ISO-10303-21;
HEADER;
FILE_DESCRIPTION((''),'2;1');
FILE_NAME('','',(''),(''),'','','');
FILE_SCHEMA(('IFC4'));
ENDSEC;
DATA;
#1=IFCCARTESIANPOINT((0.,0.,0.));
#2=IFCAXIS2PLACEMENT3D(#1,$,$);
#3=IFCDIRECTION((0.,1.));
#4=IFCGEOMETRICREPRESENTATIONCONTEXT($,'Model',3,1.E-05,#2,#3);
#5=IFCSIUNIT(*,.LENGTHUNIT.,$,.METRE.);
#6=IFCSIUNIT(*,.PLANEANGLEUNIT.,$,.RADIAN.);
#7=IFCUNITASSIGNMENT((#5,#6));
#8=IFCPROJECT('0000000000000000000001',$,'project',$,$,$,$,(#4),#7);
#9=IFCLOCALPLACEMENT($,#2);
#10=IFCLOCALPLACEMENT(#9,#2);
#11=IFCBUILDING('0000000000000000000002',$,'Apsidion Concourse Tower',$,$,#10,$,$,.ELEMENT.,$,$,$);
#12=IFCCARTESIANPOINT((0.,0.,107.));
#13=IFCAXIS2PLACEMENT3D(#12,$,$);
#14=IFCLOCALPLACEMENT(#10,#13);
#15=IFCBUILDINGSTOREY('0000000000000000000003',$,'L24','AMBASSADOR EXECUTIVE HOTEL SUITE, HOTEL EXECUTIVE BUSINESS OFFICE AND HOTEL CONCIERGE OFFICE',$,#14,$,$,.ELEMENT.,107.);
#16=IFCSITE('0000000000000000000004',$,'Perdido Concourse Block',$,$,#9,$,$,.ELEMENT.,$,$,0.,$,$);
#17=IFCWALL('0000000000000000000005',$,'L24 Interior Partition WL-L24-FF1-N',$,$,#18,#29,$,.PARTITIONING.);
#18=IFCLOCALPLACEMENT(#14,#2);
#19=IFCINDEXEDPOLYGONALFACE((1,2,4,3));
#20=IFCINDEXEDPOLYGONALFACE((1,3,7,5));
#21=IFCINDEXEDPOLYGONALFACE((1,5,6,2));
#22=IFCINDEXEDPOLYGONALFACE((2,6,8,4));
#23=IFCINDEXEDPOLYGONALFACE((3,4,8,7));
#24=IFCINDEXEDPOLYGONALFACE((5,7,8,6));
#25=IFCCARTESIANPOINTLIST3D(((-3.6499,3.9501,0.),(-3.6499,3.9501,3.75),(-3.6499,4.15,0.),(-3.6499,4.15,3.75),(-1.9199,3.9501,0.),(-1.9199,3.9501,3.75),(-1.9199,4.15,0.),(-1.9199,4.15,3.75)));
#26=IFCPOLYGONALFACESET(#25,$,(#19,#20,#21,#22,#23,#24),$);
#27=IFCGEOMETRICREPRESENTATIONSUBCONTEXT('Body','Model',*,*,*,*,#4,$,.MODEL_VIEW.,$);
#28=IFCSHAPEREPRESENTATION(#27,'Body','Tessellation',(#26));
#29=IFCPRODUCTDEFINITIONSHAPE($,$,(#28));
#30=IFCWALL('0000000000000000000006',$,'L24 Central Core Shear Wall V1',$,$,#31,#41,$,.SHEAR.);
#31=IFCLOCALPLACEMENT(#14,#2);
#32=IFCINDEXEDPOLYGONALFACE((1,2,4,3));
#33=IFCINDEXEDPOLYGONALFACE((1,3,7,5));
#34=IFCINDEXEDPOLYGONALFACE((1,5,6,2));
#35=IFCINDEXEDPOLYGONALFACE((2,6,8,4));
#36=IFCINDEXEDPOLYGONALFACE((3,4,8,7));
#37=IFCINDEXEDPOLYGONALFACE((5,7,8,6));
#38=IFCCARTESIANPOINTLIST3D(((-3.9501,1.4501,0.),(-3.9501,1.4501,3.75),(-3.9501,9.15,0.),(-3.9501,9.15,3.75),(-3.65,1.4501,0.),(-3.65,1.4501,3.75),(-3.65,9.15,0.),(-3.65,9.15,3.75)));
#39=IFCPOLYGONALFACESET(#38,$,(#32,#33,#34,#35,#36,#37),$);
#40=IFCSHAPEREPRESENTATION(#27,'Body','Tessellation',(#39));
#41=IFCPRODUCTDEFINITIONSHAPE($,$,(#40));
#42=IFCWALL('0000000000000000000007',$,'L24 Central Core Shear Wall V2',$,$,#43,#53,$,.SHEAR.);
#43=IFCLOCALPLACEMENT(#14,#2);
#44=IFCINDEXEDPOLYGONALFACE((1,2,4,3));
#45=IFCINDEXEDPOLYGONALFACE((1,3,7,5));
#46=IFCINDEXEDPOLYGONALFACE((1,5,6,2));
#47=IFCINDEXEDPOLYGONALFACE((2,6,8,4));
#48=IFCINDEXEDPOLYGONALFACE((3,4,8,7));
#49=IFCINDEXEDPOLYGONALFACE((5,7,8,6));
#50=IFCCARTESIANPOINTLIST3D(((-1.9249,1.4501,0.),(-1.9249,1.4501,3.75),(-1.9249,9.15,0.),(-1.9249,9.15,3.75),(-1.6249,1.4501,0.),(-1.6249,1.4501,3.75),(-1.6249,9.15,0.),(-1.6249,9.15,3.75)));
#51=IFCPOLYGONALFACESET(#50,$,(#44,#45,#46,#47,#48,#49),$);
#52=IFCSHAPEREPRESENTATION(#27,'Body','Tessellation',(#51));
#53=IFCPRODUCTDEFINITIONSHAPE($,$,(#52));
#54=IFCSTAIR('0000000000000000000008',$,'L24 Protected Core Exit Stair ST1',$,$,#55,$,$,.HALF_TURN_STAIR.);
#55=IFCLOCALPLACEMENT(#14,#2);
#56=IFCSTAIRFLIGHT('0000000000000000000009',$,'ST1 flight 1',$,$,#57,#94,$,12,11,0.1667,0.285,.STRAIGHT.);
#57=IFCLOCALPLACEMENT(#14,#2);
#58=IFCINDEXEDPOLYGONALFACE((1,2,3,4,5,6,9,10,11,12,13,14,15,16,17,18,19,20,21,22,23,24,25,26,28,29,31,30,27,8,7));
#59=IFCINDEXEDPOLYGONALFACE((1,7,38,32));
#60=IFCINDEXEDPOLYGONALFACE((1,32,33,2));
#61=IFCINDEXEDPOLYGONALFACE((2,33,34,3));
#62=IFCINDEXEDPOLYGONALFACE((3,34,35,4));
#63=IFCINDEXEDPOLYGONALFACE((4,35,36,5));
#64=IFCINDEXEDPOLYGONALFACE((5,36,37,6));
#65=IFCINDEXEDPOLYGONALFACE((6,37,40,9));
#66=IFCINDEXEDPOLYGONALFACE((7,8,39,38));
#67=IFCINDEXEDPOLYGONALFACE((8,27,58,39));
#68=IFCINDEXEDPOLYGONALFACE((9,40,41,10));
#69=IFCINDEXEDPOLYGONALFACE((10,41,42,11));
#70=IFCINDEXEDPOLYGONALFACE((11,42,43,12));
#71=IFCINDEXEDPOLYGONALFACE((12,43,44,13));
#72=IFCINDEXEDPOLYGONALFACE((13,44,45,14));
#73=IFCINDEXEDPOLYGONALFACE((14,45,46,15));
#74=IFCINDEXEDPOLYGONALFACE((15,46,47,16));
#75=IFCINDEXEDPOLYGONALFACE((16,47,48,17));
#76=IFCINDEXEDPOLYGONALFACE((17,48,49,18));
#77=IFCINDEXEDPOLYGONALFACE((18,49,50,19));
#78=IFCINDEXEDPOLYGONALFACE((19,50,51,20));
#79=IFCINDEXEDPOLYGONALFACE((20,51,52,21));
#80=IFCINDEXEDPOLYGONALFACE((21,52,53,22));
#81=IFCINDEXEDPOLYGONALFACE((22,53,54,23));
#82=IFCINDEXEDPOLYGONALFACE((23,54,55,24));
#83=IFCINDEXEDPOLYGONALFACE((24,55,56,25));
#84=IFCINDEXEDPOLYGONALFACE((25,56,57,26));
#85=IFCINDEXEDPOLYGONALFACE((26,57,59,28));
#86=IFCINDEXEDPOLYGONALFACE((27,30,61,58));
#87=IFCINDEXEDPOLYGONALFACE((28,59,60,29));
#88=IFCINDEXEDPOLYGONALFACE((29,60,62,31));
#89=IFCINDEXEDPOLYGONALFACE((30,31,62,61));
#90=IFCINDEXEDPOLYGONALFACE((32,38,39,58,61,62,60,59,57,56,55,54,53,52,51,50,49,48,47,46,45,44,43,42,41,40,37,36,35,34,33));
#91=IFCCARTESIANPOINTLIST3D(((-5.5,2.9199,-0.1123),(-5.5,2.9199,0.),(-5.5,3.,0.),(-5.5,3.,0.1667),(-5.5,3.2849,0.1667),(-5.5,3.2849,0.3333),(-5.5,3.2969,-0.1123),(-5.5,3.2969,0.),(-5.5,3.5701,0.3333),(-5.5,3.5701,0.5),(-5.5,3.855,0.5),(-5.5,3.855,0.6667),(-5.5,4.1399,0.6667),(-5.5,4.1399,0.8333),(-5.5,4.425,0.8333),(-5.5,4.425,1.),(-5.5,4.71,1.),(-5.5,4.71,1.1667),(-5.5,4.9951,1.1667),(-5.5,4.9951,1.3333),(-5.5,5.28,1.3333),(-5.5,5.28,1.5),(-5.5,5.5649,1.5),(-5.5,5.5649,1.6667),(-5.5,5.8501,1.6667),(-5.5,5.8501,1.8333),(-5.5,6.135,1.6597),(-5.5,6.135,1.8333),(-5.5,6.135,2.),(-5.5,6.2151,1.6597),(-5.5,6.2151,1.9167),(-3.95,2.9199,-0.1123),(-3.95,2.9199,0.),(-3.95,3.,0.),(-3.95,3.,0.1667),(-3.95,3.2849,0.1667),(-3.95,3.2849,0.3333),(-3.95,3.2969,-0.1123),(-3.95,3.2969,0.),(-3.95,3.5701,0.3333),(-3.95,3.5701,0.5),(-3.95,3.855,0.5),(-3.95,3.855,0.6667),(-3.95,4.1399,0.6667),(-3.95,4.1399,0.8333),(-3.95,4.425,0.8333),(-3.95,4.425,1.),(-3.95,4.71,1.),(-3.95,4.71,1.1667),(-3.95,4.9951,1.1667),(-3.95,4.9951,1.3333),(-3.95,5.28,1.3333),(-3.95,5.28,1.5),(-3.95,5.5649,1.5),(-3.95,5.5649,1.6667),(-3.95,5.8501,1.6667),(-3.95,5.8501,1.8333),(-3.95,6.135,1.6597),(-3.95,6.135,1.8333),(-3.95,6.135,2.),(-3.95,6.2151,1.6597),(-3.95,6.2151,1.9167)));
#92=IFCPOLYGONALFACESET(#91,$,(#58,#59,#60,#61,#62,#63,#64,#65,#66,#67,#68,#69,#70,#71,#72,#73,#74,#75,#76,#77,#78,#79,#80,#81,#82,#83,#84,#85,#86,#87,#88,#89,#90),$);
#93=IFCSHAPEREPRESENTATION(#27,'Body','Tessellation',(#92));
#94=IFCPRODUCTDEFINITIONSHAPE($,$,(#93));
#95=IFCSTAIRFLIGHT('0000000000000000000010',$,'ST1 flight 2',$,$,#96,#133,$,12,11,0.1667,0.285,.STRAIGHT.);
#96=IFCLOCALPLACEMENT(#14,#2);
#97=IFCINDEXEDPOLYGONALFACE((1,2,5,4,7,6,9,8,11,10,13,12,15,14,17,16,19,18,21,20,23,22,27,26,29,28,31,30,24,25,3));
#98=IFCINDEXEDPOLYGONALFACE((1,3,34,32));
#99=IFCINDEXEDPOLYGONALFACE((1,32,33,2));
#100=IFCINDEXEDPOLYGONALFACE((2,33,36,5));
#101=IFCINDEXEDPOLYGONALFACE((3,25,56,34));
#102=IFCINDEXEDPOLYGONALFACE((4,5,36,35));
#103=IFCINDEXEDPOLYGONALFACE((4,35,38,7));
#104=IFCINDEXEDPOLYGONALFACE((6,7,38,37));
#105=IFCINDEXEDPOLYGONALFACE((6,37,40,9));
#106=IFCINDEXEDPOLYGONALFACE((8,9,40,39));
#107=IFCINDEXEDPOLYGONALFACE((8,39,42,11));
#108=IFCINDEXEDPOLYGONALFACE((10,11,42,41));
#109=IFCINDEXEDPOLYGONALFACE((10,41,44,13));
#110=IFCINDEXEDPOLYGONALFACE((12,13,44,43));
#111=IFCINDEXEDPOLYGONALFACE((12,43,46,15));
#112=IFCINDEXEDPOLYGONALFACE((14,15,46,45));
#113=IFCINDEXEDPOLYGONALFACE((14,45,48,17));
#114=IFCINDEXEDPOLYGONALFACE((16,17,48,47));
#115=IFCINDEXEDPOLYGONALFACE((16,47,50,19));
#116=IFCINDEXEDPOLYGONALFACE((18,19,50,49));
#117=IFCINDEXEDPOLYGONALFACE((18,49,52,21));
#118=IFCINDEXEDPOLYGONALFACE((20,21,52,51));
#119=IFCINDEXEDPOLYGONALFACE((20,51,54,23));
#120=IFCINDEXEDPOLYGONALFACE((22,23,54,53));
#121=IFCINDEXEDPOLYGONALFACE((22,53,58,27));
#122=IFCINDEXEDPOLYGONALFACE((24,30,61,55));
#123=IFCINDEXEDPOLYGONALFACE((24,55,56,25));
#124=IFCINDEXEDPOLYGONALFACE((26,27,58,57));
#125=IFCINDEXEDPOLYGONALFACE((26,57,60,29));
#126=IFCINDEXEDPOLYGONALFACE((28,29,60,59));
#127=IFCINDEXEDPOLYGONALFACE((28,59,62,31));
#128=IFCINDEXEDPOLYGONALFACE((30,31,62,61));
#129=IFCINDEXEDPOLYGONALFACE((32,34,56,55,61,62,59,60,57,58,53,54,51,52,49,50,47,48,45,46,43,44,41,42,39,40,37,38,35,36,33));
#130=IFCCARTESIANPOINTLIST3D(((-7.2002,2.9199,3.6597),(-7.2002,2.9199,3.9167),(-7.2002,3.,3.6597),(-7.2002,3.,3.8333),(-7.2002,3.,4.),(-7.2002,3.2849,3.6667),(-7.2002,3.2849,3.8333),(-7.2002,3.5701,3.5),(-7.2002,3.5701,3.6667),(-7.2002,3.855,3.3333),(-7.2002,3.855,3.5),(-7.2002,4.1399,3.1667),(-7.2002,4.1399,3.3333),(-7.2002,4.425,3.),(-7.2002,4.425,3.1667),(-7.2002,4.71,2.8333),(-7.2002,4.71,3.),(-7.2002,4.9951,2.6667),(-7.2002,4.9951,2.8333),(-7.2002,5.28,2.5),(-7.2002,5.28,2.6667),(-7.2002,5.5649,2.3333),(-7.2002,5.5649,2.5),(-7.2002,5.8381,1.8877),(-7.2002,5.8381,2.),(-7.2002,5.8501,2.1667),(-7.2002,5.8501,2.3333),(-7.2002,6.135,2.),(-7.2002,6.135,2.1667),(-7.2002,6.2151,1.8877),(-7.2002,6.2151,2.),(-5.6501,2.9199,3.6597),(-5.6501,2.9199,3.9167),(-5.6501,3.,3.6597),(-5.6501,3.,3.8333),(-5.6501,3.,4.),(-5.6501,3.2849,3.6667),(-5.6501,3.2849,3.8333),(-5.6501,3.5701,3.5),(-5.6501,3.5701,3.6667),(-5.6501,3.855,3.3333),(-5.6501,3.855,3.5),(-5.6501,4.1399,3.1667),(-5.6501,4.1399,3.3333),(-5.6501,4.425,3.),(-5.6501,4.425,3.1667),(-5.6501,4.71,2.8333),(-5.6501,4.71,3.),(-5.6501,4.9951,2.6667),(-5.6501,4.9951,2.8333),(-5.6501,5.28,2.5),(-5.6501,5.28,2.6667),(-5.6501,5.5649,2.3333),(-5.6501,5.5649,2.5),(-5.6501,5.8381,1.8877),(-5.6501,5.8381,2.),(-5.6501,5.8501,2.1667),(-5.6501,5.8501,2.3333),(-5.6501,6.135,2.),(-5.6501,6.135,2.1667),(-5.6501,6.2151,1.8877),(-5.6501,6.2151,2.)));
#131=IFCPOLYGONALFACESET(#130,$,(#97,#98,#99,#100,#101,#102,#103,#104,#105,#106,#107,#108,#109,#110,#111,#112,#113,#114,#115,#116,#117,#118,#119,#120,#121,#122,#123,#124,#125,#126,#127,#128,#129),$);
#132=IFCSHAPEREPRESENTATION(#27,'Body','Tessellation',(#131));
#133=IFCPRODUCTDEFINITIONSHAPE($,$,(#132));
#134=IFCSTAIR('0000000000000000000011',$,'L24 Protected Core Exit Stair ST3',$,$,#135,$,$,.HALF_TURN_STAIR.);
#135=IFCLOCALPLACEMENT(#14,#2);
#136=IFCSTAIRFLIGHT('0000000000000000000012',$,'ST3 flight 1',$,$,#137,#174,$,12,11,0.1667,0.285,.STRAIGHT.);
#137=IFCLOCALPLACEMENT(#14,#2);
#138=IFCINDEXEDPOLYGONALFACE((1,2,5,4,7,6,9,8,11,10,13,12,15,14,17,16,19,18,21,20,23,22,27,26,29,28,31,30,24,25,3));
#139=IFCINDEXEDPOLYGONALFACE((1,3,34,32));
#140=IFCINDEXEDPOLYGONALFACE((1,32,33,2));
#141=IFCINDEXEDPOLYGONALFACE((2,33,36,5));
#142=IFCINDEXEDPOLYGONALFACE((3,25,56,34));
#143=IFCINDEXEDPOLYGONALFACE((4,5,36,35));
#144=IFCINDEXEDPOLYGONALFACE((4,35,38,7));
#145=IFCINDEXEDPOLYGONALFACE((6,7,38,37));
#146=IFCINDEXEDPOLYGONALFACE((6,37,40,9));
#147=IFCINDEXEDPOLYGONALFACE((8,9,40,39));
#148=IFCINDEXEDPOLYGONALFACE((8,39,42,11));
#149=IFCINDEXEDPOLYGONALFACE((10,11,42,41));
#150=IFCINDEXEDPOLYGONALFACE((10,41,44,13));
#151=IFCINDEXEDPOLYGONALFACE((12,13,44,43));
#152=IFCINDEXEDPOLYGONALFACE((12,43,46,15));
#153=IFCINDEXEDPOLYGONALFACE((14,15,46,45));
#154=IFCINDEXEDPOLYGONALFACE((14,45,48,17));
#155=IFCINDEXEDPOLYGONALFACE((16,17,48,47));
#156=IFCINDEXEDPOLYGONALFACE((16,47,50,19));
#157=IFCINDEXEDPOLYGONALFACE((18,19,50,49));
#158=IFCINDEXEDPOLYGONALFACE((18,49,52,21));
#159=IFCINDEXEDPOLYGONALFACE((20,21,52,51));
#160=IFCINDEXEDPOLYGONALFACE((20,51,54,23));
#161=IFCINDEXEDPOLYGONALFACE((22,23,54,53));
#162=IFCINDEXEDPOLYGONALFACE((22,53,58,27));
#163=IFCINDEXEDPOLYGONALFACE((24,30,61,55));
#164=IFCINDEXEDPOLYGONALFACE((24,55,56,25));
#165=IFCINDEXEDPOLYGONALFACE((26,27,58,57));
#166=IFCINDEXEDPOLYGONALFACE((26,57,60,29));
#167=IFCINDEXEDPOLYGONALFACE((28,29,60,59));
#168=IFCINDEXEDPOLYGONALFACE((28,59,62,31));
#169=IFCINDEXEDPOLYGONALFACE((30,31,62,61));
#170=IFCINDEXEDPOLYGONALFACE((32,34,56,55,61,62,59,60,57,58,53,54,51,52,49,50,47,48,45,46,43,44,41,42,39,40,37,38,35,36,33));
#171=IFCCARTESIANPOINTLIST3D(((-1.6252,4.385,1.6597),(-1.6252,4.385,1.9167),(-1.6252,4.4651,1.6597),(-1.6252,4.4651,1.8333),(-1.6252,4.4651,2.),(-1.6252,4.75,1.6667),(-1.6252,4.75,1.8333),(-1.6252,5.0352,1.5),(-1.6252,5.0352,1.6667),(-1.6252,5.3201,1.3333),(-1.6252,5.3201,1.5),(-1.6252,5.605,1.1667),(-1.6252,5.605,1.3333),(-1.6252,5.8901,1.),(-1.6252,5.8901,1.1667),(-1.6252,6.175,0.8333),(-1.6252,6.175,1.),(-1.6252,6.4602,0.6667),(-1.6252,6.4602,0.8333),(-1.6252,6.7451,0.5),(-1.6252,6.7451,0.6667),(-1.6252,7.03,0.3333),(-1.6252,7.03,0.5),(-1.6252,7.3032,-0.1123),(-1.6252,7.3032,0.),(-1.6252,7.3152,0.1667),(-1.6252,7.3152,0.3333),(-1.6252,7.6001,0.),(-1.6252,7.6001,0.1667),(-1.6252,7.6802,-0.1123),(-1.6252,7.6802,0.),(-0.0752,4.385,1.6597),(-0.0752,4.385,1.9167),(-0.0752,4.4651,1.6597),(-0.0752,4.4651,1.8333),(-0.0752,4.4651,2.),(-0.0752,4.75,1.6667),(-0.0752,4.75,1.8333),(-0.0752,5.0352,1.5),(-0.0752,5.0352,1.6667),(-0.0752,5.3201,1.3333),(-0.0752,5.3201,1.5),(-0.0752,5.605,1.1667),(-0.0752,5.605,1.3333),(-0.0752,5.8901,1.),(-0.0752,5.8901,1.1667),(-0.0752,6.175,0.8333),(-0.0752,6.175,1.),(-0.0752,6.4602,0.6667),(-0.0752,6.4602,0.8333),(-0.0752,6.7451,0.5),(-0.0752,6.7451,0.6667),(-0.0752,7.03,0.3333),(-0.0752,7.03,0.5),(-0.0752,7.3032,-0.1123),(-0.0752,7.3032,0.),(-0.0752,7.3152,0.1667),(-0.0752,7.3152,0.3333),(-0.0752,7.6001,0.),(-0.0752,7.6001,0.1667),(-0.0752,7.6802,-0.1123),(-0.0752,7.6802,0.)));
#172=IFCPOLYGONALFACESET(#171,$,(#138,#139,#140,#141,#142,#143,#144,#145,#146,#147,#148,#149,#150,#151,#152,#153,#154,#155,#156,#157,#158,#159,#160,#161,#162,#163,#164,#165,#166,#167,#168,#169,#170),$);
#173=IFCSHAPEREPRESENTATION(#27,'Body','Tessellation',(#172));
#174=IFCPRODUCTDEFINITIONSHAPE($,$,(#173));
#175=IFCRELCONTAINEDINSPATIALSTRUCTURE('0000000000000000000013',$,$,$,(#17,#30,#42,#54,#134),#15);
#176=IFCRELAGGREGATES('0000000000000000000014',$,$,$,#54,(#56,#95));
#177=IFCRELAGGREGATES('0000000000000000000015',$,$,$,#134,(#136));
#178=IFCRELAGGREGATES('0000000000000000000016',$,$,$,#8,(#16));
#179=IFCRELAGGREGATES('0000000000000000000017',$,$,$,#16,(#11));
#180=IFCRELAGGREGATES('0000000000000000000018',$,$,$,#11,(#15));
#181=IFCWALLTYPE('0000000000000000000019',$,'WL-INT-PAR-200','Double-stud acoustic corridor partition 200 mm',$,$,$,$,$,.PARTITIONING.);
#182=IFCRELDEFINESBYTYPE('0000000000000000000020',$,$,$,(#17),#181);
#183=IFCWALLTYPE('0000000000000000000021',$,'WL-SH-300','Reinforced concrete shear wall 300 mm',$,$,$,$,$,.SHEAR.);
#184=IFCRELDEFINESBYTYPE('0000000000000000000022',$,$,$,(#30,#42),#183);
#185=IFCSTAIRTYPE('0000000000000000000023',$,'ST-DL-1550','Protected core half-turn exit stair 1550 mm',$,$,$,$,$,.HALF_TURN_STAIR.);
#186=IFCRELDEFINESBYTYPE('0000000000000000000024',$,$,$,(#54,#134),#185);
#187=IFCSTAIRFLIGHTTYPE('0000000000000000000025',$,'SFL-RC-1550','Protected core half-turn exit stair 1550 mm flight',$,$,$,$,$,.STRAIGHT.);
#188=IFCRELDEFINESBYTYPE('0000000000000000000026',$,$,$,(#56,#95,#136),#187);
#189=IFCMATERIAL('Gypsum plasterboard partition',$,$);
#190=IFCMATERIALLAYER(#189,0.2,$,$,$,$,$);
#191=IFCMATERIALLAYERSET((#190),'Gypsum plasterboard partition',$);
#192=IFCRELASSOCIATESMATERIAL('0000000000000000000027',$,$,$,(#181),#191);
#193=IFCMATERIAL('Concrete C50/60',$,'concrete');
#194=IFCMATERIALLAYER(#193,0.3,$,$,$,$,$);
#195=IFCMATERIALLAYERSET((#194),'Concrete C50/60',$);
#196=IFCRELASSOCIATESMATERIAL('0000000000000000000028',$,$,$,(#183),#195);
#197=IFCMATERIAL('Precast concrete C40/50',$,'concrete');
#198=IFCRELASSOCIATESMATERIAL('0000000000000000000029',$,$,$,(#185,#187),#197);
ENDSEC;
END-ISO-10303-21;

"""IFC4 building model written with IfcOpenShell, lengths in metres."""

from ifc_helpers import new_model, si_unit, direction, frame, frame_2d, origin, place, context, subcontext, project, spatial, polyline, rectangle, outline, extrude, material, layer, layer_set, type_object, element, aggregate, save


model = new_model("IFC4")

# Units and contexts
model_context = context("Model", 3, precision=1e-05, world=origin(), true_north=direction((0.0, 1.0)))
body_context = subcontext(model_context, "Body", "Model", "MODEL_VIEW")
ifc_project = project(units=[si_unit("LENGTHUNIT", "METRE"), si_unit("PLANEANGLEUNIT", "RADIAN")], contexts=[model_context])

# Site, building, storey
site_placement = place(None, origin())
site = spatial("IfcSite", under=ifc_project, at=site_placement, Name="Perdido Concourse Block", CompositionType="ELEMENT", RefElevation=0.0)
building_placement = place(site_placement, origin())
building = spatial("IfcBuilding", under=site, at=building_placement, Name="Apsidion Concourse Tower", CompositionType="ELEMENT")
storey_placement = place(building_placement, frame((0.0, 0.0, 107.0)))
storey = spatial("IfcBuildingStorey", under=building, at=storey_placement, Name="L24", Description="AMBASSADOR EXECUTIVE HOTEL SUITE, HOTEL EXECUTIVE BUSINESS OFFICE AND HOTEL CONCIERGE OFFICE", CompositionType="ELEMENT", Elevation=107.0)

# Shared definitions
ifc_material_1 = material(Name="Concrete C50/60", Category="concrete")

# Walls
ifc_material_2 = material(Name="Gypsum plasterboard partition")
ifc_layer_1 = layer(ifc_material_2, 0.2)
ifc_layer_set_1 = layer_set([ifc_layer_1], Name="Gypsum plasterboard partition")
wall_type_1 = type_object("IfcWallType", Name="WL-INT-PAR-200", Description="Double-stud acoustic corridor partition 200 mm", PredefinedType="PARTITIONING", material=ifc_layer_set_1)
wall_1_placement = place(storey_placement, frame((-3.6499, 4.05, 0.0), z_axis=(0.0, 0.0, 1.0), x_axis=(1.0, 0.0, 0.0)))
element("IfcWall", 1, at=wall_1_placement, inside=storey, type_object=wall_type_1, Name="L24 Interior Partition WL-L24-FF1-N", PredefinedType="PARTITIONING", context=body_context, shape_type="SweptSolid", body=[
    extrude(rectangle(XDim=1.73, YDim=0.2, at=frame_2d((0.865, 0.0))), origin(), (0.0, 0.0, 1.0), 3.75),
])
ifc_layer_2 = layer(ifc_material_1, 0.3)
ifc_layer_set_2 = layer_set([ifc_layer_2], Name="Concrete C50/60")
wall_type_2 = type_object("IfcWallType", Name="WL-SH-300", Description="Reinforced concrete shear wall 300 mm", PredefinedType="SHEAR", material=ifc_layer_set_2)
for number, where, z_axis, x_axis, name in (
    (2, (-3.8, 1.45, 0.0), (0.0, 0.0, 1.0), (0.0, 1.0, 0.0), "L24 Central Core Shear Wall V1"),
    (3, (-1.7749, 1.45, 0.0), (0.0, 0.0, 1.0), (0.0, 1.0, 0.0), "L24 Central Core Shear Wall V2"),
):
    element("IfcWall", number, at=place(storey_placement, frame(where, z_axis=z_axis, x_axis=x_axis)), inside=storey, type_object=wall_type_2, Name=name, PredefinedType="SHEAR", context=body_context, shape_type="SweptSolid", body=[
        extrude(rectangle(XDim=7.7, YDim=0.3, at=frame_2d((3.8501, 0.0))), origin(), (0.0, 0.0, 1.0), 3.75),
    ])

# Stair, stair flights
ifc_material_3 = material(Name="Precast concrete C40/50", Category="concrete")
stair_type = type_object("IfcStairType", Name="ST-DL-1550", Description="Protected core half-turn exit stair 1550 mm", PredefinedType="HALF_TURN_STAIR", material=ifc_material_3)
stair_1_placement = place(storey_placement, origin())
stair_1 = element("IfcStair", 4, at=stair_1_placement, inside=storey, type_object=stair_type, Name="L24 Protected Core Exit Stair ST1", PredefinedType="HALF_TURN_STAIR")
stair_flight_type = type_object("IfcStairFlightType", Name="SFL-RC-1550", Description="Protected core half-turn exit stair 1550 mm flight", PredefinedType="STRAIGHT", material=ifc_material_3)
stair_flight_1_placement = place(storey_placement, frame((-4.7251, 3.0, 0.0), z_axis=(0.0, 0.0, 1.0), x_axis=(0.0, 1.0, 0.0)))
stair_flight_1 = element("IfcStairFlight", 5, at=stair_flight_1_placement, type_object=stair_flight_type, Name="ST1 flight 1", NumberOfRisers=12, NumberOfTreads=11, PredefinedType="STRAIGHT", RiserHeight=0.1667, TreadLength=0.285, context=body_context, shape_type="SweptSolid", body=[
    extrude(outline(polyline([(-0.0801, -0.1123), (-0.0801, 0.0), (0.0, 0.0), (0.0, 0.1667), (0.2849, 0.1667), (0.2849, 0.3333), (0.5701, 0.3333), (0.5701, 0.5), (0.855, 0.5), (0.855, 0.6667), (1.1399, 0.6667), (1.1399, 0.8333), (1.425, 0.8333), (1.425, 1.0), (1.71, 1.0), (1.71, 1.1667), (1.9951, 1.1667), (1.9951, 1.3333), (2.28, 1.3333), (2.28, 1.5), (2.5649, 1.5), (2.5649, 1.6667), (2.8501, 1.6667), (2.8501, 1.8333), (3.135, 1.8333), (3.135, 2.0), (3.2151, 1.9167), (3.2151, 1.6597), (3.135, 1.6597), (0.2969, 0.0), (0.2969, -0.1123), (-0.0801, -0.1123)])), frame((0.0, 0.7749, 0.0), z_axis=(0.0, -1.0, 0.0), x_axis=(1.0, 0.0, 0.0)), (0.0, 0.0, 1.0), 1.55),
])
stair_flight_2_placement = place(storey_placement, frame((-6.425, 6.135, 2.0), z_axis=(0.0, 0.0, 1.0), x_axis=(0.0, -1.0, 0.0)))
stair_flight_2 = element("IfcStairFlight", 6, at=stair_flight_2_placement, type_object=stair_flight_type, Name="ST1 flight 2", NumberOfRisers=12, NumberOfTreads=11, PredefinedType="STRAIGHT", RiserHeight=0.1667, TreadLength=0.285, context=body_context, shape_type="SweptSolid", body=[
    extrude(outline(polyline([(-0.0801, -0.1123), (-0.0801, 0.0), (0.0, 0.0), (0.0, 0.1667), (0.2849, 0.1667), (0.2849, 0.3333), (0.5701, 0.3333), (0.5701, 0.5), (0.855, 0.5), (0.855, 0.6667), (1.1399, 0.6667), (1.1399, 0.8333), (1.425, 0.8333), (1.425, 1.0), (1.71, 1.0), (1.71, 1.1667), (1.9951, 1.1667), (1.9951, 1.3333), (2.28, 1.3333), (2.28, 1.5), (2.5649, 1.5), (2.5649, 1.6667), (2.8501, 1.6667), (2.8501, 1.8333), (3.135, 1.8333), (3.135, 2.0), (3.2151, 1.9167), (3.2151, 1.6597), (3.135, 1.6597), (0.2969, 0.0), (0.2969, -0.1123), (-0.0801, -0.1123)])), frame((0.0, 0.7749, 0.0), z_axis=(0.0, -1.0, 0.0), x_axis=(1.0, 0.0, 0.0)), (0.0, 0.0, 1.0), 1.55),
])
aggregate(stair_1, [stair_flight_1, stair_flight_2])

# Stair, stair flight
stair_2_placement = place(storey_placement, origin())
stair_2 = element("IfcStair", 7, at=stair_2_placement, inside=storey, type_object=stair_type, Name="L24 Protected Core Exit Stair ST3", PredefinedType="HALF_TURN_STAIR")
stair_flight_3_placement = place(storey_placement, frame((-0.8501, 7.6001, 0.0), z_axis=(0.0, 0.0, 1.0), x_axis=(0.0, -1.0, 0.0)))
stair_flight_3 = element("IfcStairFlight", 8, at=stair_flight_3_placement, type_object=stair_flight_type, Name="ST3 flight 1", NumberOfRisers=12, NumberOfTreads=11, PredefinedType="STRAIGHT", RiserHeight=0.1667, TreadLength=0.285, context=body_context, shape_type="SweptSolid", body=[
    extrude(outline(polyline([(-0.0801, -0.1123), (-0.0801, 0.0), (0.0, 0.0), (0.0, 0.1667), (0.2849, 0.1667), (0.2849, 0.3333), (0.5701, 0.3333), (0.5701, 0.5), (0.855, 0.5), (0.855, 0.6667), (1.1399, 0.6667), (1.1399, 0.8333), (1.425, 0.8333), (1.425, 1.0), (1.71, 1.0), (1.71, 1.1667), (1.9951, 1.1667), (1.9951, 1.3333), (2.28, 1.3333), (2.28, 1.5), (2.5649, 1.5), (2.5649, 1.6667), (2.8501, 1.6667), (2.8501, 1.8333), (3.135, 1.8333), (3.135, 2.0), (3.2151, 1.9167), (3.2151, 1.6597), (3.135, 1.6597), (0.2969, 0.0), (0.2969, -0.1123), (-0.0801, -0.1123)])), frame((0.0, 0.7749, 0.0), z_axis=(0.0, -1.0, 0.0), x_axis=(1.0, 0.0, 0.0)), (0.0, 0.0, 1.0), 1.55),
])
aggregate(stair_2, [stair_flight_3])

save(model, "model.ifc")
